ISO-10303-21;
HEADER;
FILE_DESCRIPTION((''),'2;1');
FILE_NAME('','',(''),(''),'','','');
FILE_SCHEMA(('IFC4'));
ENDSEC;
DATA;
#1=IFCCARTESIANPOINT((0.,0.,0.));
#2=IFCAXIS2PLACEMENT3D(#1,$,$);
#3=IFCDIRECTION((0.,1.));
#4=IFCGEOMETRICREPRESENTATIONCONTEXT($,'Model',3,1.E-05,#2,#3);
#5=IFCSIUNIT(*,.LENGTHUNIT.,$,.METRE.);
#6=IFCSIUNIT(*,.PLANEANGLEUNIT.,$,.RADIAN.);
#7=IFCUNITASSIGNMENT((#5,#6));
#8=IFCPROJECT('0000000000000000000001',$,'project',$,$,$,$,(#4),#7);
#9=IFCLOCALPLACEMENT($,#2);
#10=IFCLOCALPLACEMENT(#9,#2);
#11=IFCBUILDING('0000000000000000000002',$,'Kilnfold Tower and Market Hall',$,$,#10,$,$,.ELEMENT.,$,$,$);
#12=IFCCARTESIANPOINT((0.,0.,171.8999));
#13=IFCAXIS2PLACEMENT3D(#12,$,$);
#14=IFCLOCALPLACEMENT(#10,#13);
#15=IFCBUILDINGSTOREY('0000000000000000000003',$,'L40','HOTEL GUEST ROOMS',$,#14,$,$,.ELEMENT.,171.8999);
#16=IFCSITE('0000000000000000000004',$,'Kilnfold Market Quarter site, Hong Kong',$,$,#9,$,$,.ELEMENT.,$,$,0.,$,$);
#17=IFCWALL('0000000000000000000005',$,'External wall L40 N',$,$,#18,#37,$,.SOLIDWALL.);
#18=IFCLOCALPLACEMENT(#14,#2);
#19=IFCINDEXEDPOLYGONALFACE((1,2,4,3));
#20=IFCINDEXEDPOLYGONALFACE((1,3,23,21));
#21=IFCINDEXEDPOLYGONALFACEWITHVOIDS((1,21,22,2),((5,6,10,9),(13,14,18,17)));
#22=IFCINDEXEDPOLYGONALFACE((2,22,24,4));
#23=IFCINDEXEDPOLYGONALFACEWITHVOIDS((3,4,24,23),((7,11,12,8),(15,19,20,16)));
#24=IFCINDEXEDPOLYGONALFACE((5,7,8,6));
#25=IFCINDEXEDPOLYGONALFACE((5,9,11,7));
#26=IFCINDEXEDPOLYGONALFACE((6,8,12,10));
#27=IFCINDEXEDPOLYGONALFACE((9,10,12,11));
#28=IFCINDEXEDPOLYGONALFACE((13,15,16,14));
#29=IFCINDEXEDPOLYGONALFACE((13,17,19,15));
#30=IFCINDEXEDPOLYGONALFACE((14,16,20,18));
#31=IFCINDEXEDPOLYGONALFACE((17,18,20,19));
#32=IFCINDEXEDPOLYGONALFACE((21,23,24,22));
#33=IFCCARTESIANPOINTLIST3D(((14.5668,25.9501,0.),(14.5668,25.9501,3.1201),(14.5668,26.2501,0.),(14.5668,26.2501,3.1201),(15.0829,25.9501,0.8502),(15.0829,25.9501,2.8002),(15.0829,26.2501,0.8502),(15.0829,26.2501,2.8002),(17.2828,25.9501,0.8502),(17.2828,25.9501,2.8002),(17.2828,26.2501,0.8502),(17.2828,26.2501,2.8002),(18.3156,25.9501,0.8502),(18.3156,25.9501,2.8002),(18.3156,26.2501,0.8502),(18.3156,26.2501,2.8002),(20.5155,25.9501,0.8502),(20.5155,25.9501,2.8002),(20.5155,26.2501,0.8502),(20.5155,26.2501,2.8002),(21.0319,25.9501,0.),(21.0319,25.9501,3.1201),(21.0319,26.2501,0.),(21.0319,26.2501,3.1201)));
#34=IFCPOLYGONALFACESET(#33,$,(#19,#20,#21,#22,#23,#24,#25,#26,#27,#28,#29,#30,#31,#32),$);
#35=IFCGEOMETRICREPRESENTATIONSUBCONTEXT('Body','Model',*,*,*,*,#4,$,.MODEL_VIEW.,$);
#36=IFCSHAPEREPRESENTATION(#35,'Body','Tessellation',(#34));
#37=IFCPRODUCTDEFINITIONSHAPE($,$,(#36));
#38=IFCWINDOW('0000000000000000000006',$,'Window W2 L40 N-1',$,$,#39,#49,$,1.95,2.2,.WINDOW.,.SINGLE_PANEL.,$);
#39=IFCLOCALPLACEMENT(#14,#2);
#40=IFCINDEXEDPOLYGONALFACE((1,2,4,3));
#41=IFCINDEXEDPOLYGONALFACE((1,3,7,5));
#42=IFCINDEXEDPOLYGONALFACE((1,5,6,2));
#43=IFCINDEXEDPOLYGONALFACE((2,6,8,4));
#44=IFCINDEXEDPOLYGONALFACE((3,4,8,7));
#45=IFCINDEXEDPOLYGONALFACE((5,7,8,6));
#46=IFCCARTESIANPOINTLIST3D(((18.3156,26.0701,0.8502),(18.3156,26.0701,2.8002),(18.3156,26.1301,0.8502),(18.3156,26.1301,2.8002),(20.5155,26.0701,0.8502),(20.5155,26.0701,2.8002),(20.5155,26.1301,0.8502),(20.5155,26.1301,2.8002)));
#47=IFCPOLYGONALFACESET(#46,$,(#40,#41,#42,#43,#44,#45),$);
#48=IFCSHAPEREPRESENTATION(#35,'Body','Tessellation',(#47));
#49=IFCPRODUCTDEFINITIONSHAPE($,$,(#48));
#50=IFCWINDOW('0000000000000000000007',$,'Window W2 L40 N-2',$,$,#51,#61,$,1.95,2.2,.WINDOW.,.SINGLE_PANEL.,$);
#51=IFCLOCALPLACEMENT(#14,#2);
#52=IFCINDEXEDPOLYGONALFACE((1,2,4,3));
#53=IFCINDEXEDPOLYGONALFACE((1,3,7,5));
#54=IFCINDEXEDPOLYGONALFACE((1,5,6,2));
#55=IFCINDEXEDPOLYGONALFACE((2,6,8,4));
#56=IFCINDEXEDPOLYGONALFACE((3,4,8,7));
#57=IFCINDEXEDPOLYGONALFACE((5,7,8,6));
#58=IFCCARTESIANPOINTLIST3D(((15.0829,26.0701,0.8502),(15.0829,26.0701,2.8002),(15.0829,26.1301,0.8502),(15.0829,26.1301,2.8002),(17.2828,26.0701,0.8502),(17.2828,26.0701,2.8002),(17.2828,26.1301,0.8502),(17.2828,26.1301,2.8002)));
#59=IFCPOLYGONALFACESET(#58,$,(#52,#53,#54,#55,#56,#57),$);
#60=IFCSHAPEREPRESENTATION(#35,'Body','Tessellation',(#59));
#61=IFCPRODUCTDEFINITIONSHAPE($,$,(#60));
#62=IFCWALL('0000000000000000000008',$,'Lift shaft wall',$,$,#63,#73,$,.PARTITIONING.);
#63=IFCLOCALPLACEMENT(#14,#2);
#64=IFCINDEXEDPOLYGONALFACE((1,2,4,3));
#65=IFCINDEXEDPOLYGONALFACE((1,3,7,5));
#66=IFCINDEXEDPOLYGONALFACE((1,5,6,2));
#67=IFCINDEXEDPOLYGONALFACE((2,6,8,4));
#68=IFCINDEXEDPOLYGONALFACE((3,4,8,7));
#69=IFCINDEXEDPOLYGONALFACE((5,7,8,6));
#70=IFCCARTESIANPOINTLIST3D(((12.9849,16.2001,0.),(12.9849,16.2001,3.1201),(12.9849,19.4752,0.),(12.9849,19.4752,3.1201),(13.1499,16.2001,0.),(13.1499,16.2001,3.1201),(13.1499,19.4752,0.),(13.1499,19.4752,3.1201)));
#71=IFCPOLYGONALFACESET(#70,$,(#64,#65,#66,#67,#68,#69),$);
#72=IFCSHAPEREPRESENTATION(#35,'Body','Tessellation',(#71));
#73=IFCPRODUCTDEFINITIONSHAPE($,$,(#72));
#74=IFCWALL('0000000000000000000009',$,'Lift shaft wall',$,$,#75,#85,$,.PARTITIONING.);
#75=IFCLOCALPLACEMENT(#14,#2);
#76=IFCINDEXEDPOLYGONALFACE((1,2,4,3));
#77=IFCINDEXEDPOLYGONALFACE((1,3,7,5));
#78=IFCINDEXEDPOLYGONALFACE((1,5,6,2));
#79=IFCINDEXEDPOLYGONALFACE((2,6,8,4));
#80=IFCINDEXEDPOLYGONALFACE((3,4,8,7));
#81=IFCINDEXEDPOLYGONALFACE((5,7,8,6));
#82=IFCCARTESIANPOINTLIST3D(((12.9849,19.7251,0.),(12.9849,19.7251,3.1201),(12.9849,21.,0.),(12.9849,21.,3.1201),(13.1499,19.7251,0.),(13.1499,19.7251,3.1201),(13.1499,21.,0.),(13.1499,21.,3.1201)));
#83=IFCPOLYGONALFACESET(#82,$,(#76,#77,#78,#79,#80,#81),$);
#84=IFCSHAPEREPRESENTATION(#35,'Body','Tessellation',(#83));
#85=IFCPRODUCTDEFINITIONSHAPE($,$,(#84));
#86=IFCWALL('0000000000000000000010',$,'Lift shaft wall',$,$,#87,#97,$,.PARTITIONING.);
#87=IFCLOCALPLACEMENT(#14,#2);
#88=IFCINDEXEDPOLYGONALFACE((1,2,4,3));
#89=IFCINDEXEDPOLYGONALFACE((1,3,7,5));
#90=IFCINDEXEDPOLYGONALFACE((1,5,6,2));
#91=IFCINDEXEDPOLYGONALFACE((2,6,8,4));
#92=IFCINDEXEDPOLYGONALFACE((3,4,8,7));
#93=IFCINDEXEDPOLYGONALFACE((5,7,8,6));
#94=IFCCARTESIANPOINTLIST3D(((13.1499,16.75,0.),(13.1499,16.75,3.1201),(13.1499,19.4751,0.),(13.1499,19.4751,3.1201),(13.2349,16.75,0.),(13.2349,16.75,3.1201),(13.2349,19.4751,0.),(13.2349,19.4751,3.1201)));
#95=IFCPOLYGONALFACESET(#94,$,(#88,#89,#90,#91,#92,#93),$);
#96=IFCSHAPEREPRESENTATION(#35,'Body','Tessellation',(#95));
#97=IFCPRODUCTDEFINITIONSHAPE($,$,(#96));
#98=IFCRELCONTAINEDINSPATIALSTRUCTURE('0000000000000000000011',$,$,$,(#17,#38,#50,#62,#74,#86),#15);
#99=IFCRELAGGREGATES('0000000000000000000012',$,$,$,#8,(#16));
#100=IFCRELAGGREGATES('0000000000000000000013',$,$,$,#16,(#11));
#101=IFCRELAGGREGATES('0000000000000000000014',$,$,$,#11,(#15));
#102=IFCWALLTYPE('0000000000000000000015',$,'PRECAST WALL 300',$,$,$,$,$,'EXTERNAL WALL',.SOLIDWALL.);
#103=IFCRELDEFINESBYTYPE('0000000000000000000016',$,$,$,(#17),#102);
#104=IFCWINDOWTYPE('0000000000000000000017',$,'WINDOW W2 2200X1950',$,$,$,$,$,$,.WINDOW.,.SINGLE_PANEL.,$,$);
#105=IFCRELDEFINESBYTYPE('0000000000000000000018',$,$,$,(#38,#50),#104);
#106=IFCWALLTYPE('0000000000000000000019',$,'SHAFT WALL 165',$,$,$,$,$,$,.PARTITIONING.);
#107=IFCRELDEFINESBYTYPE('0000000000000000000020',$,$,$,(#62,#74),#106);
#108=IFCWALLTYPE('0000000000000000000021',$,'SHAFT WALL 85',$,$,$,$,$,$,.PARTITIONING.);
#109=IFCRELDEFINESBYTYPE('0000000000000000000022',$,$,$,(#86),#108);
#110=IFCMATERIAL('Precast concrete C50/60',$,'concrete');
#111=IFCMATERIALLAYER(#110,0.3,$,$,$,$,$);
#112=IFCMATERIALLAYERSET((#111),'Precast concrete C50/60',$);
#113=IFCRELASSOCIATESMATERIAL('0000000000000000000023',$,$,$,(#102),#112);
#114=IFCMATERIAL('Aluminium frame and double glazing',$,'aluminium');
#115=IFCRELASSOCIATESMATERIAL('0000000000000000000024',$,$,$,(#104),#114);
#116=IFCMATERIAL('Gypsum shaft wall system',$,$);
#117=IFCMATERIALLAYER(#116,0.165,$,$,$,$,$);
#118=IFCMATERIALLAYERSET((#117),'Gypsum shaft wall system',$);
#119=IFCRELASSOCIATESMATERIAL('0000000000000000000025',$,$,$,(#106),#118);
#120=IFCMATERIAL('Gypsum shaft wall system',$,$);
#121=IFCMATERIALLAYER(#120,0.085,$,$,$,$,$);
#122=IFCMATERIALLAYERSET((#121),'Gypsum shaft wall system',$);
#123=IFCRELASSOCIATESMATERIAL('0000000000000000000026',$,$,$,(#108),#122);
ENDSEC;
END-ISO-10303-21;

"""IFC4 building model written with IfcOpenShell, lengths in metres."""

from ifc_helpers import new_model, si_unit, direction, frame, frame_2d, origin, place, context, subcontext, project, spatial, rectangle, extrude, source, transform, mapped, material, layer, layer_set, type_object, element, fill, save


model = new_model("IFC4")

# Units and contexts
model_context = context("Model", 3, precision=1e-05, world=origin(), true_north=direction((0.0, 1.0)))
body_context = subcontext(model_context, "Body", "Model", "MODEL_VIEW")
ifc_project = project(units=[si_unit("LENGTHUNIT", "METRE"), si_unit("PLANEANGLEUNIT", "RADIAN")], contexts=[model_context])

# Site, building, storey
site_placement = place(None, origin())
site = spatial("IfcSite", under=ifc_project, at=site_placement, Name="Kilnfold Market Quarter site, Hong Kong", CompositionType="ELEMENT", RefElevation=0.0)
building_placement = place(site_placement, origin())
building = spatial("IfcBuilding", under=site, at=building_placement, Name="Kilnfold Tower and Market Hall", CompositionType="ELEMENT")
storey_placement = place(building_placement, frame((0.0, 0.0, 171.8999)))
storey = spatial("IfcBuildingStorey", under=building, at=storey_placement, Name="L40", Description="HOTEL GUEST ROOMS", CompositionType="ELEMENT", Elevation=171.8999)

# Shared definitions
ifc_material_1 = material(Name="Precast concrete C50/60", Category="concrete")
ifc_layer_1 = layer(ifc_material_1, 0.3)
ifc_layer_set_1 = layer_set([ifc_layer_1], Name="Precast concrete C50/60")
wall_type_1 = type_object("IfcWallType", Name="PRECAST WALL 300", ElementType="EXTERNAL WALL", PredefinedType="SOLIDWALL", material=ifc_layer_set_1)
ifc_material_2 = material(Name="Aluminium frame and double glazing", Category="aluminium")
window_type = type_object("IfcWindowType", Name="WINDOW W2 2200X1950", PartitioningType="SINGLE_PANEL", PredefinedType="WINDOW", material=ifc_material_2)

# Wall, openings, windows
shared_shape_1 = source(origin(), body_context, "Body", "SweptSolid", [
    extrude(rectangle(XDim=6.4651, YDim=0.3, at=frame_2d((3.2324, 0.0))), origin(), (0.0, 0.0, 1.0), 3.1201),
])
wall_1_placement = place(storey_placement, frame((21.0317, 26.1001, 0.0), z_axis=(0.0, 0.0, 1.0), x_axis=(-1.0, 0.0, 0.0)))
wall_1 = element("IfcWall", 1, at=wall_1_placement, inside=storey, type_object=wall_type_1, Name="External wall L40 N", PredefinedType="SOLIDWALL", context=body_context, shape_type="MappedRepresentation", body=[
    mapped(shared_shape_1, transform((0.0, 0.0, 0.0))),
])
opening_1_placement = place(wall_1_placement, frame((0.5161, 0.0, 0.8501)))
opening_1 = element("IfcOpeningElement", 2, at=opening_1_placement, cuts=wall_1, PredefinedType="OPENING", context=body_context, shape_type="SweptSolid", body=[
    extrude(rectangle(XDim=2.2, YDim=1.95, at=frame_2d((1.1001, 0.9751))), frame((0.0, 0.1602, 0.0), z_axis=(0.0, -1.0, 0.0), x_axis=(1.0, 0.0, 0.0)), (0.0, 0.0, 1.0), 0.3201),
])
opening_2_placement = place(wall_1_placement, frame((3.7488, 0.0, 0.8501)))
opening_2 = element("IfcOpeningElement", 3, at=opening_2_placement, cuts=wall_1, PredefinedType="OPENING", context=body_context, shape_type="SweptSolid", body=[
    extrude(rectangle(XDim=2.2, YDim=1.95, at=frame_2d((1.1001, 0.9751))), frame((0.0, 0.1602, 0.0), z_axis=(0.0, -1.0, 0.0), x_axis=(1.0, 0.0, 0.0)), (0.0, 0.0, 1.0), 0.3201),
])
window_1_placement = place(opening_1_placement, origin())
window_1 = element("IfcWindow", 4, at=window_1_placement, inside=storey, type_object=window_type, Name="Window W2 L40 N-1", OverallHeight=1.95, OverallWidth=2.2, PartitioningType="SINGLE_PANEL", PredefinedType="WINDOW", context=body_context, shape_type="SweptSolid", body=[
    extrude(rectangle(XDim=2.2, YDim=1.95, at=frame_2d((1.1001, 0.9751))), frame((0.0, 0.03, 0.0), z_axis=(0.0, -1.0, 0.0), x_axis=(1.0, 0.0, 0.0)), (0.0, 0.0, 1.0), 0.0601),
])
fill(opening_1, window_1)
window_2_placement = place(opening_2_placement, origin())
window_2 = element("IfcWindow", 5, at=window_2_placement, inside=storey, type_object=window_type, Name="Window W2 L40 N-2", OverallHeight=1.95, OverallWidth=2.2, PartitioningType="SINGLE_PANEL", PredefinedType="WINDOW", context=body_context, shape_type="SweptSolid", body=[
    extrude(rectangle(XDim=2.2, YDim=1.95, at=frame_2d((1.1001, 0.9751))), frame((0.0, 0.03, 0.0), z_axis=(0.0, -1.0, 0.0), x_axis=(1.0, 0.0, 0.0)), (0.0, 0.0, 1.0), 0.0601),
])
fill(opening_2, window_2)

# Walls
ifc_material_3 = material(Name="Gypsum shaft wall system")
ifc_layer_2 = layer(ifc_material_3, 0.165)
ifc_layer_set_2 = layer_set([ifc_layer_2], Name="Gypsum shaft wall system")
wall_type_2 = type_object("IfcWallType", Name="SHAFT WALL 165", PredefinedType="PARTITIONING", material=ifc_layer_set_2)
shared_shape_2 = source(origin(), body_context, "Body", "SweptSolid", [
    extrude(rectangle(XDim=3.2751, YDim=0.165, at=frame_2d((1.6377, 0.0))), origin(), (0.0, 0.0, 1.0), 3.1201),
])
wall_2_placement = place(storey_placement, frame((13.0674, 16.2, 0.0), z_axis=(0.0, 0.0, 1.0), x_axis=(0.0, 1.0, 0.0)))
element("IfcWall", 6, at=wall_2_placement, inside=storey, type_object=wall_type_2, Name="Lift shaft wall", PredefinedType="PARTITIONING", context=body_context, shape_type="MappedRepresentation", body=[
    mapped(shared_shape_2, transform((0.0, 0.0, 0.0))),
])
shared_shape_3 = source(origin(), body_context, "Body", "SweptSolid", [
    extrude(rectangle(XDim=1.2749, YDim=0.165, at=frame_2d((0.6375, 0.0))), origin(), (0.0, 0.0, 1.0), 3.1201),
])
wall_3_placement = place(storey_placement, frame((13.0674, 19.7251, 0.0), z_axis=(0.0, 0.0, 1.0), x_axis=(0.0, 1.0, 0.0)))
element("IfcWall", 7, at=wall_3_placement, inside=storey, type_object=wall_type_2, Name="Lift shaft wall", PredefinedType="PARTITIONING", context=body_context, shape_type="MappedRepresentation", body=[
    mapped(shared_shape_3, transform((0.0, 0.0, 0.0))),
])
ifc_material_4 = material(Name="Gypsum shaft wall system")
ifc_layer_3 = layer(ifc_material_4, 0.085)
ifc_layer_set_3 = layer_set([ifc_layer_3], Name="Gypsum shaft wall system")
wall_type_3 = type_object("IfcWallType", Name="SHAFT WALL 85", PredefinedType="PARTITIONING", material=ifc_layer_set_3)
shared_shape_4 = source(origin(), body_context, "Body", "SweptSolid", [
    extrude(rectangle(XDim=2.7251, YDim=0.085, at=frame_2d((1.3625, 0.0))), origin(), (0.0, 0.0, 1.0), 3.1201),
])
wall_4_placement = place(storey_placement, frame((13.1924, 16.75, 0.0), z_axis=(0.0, 0.0, 1.0), x_axis=(0.0, 1.0, 0.0)))
element("IfcWall", 8, at=wall_4_placement, inside=storey, type_object=wall_type_3, Name="Lift shaft wall", PredefinedType="PARTITIONING", context=body_context, shape_type="MappedRepresentation", body=[
    mapped(shared_shape_4, transform((0.0, 0.0, 0.0))),
])

save(model, "model.ifc")
